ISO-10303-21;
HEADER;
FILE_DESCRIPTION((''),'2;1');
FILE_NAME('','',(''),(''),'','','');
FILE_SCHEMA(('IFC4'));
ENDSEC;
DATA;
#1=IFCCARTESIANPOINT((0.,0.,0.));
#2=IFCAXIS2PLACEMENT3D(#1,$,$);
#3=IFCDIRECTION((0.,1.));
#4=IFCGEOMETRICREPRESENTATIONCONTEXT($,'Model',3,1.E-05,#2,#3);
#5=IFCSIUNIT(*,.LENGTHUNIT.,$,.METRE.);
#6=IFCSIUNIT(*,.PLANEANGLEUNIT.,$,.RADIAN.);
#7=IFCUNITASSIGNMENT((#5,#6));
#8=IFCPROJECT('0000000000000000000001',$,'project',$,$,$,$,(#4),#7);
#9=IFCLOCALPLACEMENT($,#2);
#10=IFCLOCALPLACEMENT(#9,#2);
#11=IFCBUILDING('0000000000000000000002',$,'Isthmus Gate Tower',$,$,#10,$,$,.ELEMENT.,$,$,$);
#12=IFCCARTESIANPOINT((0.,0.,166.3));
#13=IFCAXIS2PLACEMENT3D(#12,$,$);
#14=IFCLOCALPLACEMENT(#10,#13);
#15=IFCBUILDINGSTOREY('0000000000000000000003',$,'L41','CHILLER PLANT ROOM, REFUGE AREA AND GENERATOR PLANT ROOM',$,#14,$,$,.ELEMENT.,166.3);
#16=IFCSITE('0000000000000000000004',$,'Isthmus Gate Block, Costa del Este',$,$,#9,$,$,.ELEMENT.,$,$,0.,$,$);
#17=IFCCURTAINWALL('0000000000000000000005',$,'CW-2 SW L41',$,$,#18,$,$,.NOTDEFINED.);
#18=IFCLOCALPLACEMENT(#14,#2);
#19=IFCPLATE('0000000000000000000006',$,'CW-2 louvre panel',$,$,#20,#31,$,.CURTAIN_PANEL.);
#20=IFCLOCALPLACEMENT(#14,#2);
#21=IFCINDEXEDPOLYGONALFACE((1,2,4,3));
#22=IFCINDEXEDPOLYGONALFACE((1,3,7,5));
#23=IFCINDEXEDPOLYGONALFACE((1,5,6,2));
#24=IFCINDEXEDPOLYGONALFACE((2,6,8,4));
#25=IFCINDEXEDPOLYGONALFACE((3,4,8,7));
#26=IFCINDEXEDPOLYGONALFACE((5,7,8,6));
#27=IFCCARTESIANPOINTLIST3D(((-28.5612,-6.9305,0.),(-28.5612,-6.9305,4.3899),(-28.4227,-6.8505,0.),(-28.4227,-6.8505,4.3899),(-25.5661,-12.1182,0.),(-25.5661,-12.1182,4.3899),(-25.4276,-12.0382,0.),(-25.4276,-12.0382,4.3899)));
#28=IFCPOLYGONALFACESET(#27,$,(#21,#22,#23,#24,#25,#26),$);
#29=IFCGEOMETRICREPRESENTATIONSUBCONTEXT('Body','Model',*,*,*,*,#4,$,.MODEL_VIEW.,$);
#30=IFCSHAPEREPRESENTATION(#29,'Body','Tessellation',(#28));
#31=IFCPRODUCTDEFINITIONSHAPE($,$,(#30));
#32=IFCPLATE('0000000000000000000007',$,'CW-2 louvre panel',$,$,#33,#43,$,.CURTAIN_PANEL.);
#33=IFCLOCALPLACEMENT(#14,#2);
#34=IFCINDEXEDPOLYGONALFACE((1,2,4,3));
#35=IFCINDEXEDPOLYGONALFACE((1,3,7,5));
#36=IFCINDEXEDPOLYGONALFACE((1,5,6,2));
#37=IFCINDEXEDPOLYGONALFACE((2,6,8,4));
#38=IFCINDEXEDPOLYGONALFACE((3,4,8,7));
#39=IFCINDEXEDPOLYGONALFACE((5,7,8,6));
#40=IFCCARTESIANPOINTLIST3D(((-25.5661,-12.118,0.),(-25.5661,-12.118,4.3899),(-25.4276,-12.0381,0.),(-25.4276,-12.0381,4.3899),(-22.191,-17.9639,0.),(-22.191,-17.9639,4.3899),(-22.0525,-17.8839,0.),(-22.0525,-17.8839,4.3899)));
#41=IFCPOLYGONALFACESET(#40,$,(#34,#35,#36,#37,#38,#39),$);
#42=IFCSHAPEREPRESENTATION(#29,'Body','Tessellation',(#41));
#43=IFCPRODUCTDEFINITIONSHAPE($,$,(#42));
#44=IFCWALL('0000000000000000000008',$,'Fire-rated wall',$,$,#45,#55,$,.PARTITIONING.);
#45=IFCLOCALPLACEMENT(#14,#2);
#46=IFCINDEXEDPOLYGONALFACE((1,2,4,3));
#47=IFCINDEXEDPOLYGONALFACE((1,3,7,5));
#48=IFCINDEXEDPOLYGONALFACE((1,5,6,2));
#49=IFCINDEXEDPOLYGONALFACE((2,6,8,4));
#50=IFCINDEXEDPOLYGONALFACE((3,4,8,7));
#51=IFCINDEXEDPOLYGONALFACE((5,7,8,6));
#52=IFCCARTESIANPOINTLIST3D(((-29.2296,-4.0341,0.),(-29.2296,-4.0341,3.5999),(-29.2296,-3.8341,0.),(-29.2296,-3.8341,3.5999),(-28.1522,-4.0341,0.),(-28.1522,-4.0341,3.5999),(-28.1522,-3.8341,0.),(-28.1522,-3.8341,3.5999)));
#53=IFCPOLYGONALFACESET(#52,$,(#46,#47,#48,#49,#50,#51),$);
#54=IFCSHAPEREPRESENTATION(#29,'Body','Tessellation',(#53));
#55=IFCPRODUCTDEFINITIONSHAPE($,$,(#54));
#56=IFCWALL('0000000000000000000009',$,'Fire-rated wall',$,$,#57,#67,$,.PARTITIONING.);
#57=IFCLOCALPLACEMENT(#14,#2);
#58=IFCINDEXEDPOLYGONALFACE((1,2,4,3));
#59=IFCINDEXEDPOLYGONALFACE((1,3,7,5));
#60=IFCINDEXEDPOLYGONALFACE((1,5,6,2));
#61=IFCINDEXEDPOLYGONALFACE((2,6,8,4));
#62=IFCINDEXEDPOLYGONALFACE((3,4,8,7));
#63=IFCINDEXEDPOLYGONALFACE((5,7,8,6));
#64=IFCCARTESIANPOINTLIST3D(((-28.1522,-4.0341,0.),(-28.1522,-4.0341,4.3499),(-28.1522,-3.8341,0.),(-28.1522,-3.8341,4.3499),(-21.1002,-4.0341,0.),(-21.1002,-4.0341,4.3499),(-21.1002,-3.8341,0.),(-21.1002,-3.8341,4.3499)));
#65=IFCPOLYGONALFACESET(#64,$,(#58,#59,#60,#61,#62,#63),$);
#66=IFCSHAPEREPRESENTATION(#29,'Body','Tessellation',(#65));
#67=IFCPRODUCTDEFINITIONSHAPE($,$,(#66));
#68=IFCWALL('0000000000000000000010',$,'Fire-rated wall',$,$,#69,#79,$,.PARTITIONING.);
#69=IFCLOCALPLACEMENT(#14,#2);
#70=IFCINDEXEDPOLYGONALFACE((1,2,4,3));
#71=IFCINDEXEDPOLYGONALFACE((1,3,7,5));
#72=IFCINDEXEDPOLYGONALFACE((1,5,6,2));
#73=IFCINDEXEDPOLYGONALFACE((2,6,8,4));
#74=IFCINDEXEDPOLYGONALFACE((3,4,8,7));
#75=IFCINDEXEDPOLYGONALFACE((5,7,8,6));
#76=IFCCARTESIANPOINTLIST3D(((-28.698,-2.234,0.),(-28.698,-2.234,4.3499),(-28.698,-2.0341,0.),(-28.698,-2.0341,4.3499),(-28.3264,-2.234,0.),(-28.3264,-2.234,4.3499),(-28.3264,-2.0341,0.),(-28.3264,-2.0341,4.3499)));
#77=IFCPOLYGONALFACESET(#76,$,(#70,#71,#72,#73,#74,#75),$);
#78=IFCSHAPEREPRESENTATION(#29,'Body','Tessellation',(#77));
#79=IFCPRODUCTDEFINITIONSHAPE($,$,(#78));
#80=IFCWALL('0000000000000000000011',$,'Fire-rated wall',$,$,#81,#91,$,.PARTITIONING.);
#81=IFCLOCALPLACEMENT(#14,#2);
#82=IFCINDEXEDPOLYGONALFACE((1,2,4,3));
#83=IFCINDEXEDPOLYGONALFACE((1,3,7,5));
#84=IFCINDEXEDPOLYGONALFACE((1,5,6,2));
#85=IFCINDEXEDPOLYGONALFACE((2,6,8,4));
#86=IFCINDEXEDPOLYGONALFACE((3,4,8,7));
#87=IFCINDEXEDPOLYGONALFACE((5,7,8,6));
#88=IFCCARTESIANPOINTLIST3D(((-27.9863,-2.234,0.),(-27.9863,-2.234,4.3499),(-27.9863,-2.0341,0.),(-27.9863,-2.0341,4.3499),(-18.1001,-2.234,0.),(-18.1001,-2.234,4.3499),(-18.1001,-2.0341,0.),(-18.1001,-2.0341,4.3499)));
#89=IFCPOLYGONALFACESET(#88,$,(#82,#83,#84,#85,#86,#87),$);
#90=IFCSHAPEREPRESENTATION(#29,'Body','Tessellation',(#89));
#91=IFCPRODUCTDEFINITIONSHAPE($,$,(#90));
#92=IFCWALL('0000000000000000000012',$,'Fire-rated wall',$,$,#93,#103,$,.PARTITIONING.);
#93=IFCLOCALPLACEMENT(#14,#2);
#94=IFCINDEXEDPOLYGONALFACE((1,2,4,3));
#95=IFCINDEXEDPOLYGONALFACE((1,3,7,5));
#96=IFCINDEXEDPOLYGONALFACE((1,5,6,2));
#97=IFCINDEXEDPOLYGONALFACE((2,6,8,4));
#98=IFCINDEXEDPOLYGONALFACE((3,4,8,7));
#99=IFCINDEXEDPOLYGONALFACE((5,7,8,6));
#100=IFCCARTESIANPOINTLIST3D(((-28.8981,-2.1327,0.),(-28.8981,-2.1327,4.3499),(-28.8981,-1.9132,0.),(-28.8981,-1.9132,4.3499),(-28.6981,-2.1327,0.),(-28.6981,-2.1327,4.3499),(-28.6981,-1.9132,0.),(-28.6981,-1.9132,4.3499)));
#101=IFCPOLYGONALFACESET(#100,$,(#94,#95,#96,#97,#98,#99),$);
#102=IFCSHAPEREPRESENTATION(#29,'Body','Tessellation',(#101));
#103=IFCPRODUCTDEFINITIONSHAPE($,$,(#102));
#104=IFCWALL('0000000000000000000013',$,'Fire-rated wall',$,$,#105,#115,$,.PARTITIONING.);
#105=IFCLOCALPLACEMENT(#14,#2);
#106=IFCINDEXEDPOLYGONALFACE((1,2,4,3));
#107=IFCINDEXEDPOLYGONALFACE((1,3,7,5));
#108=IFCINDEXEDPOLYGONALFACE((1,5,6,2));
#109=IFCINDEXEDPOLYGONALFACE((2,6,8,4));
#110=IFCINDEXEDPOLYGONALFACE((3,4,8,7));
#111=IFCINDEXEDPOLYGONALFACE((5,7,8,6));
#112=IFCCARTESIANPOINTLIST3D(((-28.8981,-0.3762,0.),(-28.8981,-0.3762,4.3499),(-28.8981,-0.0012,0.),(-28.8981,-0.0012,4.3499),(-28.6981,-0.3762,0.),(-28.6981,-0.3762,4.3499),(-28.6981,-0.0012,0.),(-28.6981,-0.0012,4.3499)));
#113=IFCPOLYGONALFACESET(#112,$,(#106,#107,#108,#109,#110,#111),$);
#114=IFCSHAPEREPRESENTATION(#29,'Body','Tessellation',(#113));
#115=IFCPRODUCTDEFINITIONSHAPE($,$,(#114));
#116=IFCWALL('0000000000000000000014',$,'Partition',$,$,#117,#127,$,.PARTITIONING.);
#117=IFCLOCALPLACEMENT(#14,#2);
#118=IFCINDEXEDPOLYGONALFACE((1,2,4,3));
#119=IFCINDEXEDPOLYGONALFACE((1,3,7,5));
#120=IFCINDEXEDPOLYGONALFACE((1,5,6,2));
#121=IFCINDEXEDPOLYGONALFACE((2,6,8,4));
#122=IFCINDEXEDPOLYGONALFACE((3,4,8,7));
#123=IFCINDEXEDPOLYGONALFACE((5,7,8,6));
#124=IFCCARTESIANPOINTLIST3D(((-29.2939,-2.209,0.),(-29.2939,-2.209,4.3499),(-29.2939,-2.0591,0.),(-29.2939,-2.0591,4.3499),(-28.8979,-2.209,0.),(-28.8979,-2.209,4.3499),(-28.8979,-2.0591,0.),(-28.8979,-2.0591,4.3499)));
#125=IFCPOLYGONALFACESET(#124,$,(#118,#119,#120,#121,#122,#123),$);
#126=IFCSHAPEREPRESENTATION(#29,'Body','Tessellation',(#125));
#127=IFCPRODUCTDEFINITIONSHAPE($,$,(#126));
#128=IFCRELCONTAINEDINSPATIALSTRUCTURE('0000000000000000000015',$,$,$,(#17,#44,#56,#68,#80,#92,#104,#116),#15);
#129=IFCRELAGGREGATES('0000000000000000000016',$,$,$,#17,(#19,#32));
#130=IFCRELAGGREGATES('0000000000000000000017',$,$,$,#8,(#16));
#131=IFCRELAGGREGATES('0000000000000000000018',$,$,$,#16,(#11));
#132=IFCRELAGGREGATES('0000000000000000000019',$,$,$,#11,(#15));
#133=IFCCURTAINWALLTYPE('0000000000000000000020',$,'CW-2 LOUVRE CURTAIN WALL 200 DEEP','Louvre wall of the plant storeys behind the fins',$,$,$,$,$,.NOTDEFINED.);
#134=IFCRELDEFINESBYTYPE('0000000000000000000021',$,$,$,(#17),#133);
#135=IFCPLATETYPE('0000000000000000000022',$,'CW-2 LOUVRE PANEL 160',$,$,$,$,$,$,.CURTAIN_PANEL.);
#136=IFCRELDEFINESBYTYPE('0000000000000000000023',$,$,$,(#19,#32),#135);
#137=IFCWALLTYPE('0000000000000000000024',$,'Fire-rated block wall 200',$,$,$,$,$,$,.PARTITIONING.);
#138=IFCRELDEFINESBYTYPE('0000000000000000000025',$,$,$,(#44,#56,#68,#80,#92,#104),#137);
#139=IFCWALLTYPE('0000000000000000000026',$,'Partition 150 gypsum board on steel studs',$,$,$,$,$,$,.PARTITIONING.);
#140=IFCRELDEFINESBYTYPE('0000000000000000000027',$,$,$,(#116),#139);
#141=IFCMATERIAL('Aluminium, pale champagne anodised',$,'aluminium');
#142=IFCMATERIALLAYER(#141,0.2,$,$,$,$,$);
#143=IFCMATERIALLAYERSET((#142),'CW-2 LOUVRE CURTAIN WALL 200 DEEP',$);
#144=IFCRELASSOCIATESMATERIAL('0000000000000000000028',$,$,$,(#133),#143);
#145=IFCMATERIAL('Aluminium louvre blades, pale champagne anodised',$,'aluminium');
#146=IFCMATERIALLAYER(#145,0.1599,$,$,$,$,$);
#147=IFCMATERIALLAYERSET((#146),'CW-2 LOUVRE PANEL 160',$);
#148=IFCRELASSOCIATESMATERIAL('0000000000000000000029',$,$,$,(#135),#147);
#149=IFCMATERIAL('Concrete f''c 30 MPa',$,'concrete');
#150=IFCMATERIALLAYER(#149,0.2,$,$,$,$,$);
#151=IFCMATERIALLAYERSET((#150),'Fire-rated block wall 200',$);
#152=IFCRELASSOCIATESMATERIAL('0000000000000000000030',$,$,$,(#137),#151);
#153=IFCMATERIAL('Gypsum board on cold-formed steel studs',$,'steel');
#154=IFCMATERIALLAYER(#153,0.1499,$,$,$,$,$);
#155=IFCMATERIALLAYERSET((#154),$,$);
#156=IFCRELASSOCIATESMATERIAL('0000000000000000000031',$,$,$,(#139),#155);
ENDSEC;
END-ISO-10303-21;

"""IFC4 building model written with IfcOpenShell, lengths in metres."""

from ifc_helpers import new_model, si_unit, direction, frame, frame_2d, origin, origin_2d, place, context, subcontext, project, spatial, rectangle, extrude, material, layer, layer_set, type_object, element, aggregate, save


model = new_model("IFC4")

# Units and contexts
model_context = context("Model", 3, precision=1e-05, world=origin(), true_north=direction((0.0, 1.0)))
body_context = subcontext(model_context, "Body", "Model", "MODEL_VIEW")
ifc_project = project(units=[si_unit("LENGTHUNIT", "METRE"), si_unit("PLANEANGLEUNIT", "RADIAN")], contexts=[model_context])

# Site, building, storey
site_placement = place(None, origin())
site = spatial("IfcSite", under=ifc_project, at=site_placement, Name="Isthmus Gate Block, Costa del Este", CompositionType="ELEMENT", RefElevation=0.0)
building_placement = place(site_placement, origin())
building = spatial("IfcBuilding", under=site, at=building_placement, Name="Isthmus Gate Tower", CompositionType="ELEMENT")
storey_placement = place(building_placement, frame((0.0, 0.0, 166.3)))
storey = spatial("IfcBuildingStorey", under=building, at=storey_placement, Name="L41", Description="CHILLER PLANT ROOM, REFUGE AREA AND GENERATOR PLANT ROOM", CompositionType="ELEMENT", Elevation=166.3)

# Curtain wall
ifc_material_1 = material(Name="Aluminium, pale champagne anodised", Category="aluminium")
ifc_layer_1 = layer(ifc_material_1, 0.2)
ifc_layer_set_1 = layer_set([ifc_layer_1], Name="CW-2 LOUVRE CURTAIN WALL 200 DEEP")
curtain_wall_type = type_object("IfcCurtainWallType", Name="CW-2 LOUVRE CURTAIN WALL 200 DEEP", Description="Louvre wall of the plant storeys behind the fins", PredefinedType="NOTDEFINED", material=ifc_layer_set_1)
curtain_wall_1_placement = place(storey_placement, origin())
curtain_wall_1 = element("IfcCurtainWall", 1, at=curtain_wall_1_placement, inside=storey, type_object=curtain_wall_type, Name="CW-2 SW L41", PredefinedType="NOTDEFINED")

# Plates
ifc_material_2 = material(Name="Aluminium louvre blades, pale champagne anodised", Category="aluminium")
ifc_layer_2 = layer(ifc_material_2, 0.1599)
ifc_layer_set_2 = layer_set([ifc_layer_2], Name="CW-2 LOUVRE PANEL 160")
plate_type = type_object("IfcPlateType", Name="CW-2 LOUVRE PANEL 160", PredefinedType="CURTAIN_PANEL", material=ifc_layer_set_2)
plate_1_placement = place(storey_placement, frame((-26.9944, -9.4844, 0.0), z_axis=(0.0, 0.0, 1.0), x_axis=(0.5, -0.866025, 0.0)))
plate_1 = element("IfcPlate", 2, at=plate_1_placement, type_object=plate_type, Name="CW-2 louvre panel", PredefinedType="CURTAIN_PANEL", context=body_context, shape_type="SweptSolid", body=[
    extrude(rectangle(XDim=5.9902, YDim=0.1599, at=origin_2d()), origin(), (0.0, 0.0, 1.0), 4.3899),
])
plate_2_placement = place(storey_placement, frame((-23.8093, -15.001, 0.0), z_axis=(0.0, 0.0, 1.0), x_axis=(0.5, -0.866025, 0.0)))
plate_2 = element("IfcPlate", 3, at=plate_2_placement, type_object=plate_type, Name="CW-2 louvre panel", PredefinedType="CURTAIN_PANEL", context=body_context, shape_type="SweptSolid", body=[
    extrude(rectangle(XDim=6.7502, YDim=0.1599, at=origin_2d()), origin(), (0.0, 0.0, 1.0), 4.3899),
])
aggregate(curtain_wall_1, [plate_1, plate_2])

# Walls
ifc_material_3 = material(Name="Concrete f'c 30 MPa", Category="concrete")
ifc_layer_3 = layer(ifc_material_3, 0.2)
ifc_layer_set_3 = layer_set([ifc_layer_3], Name="Fire-rated block wall 200")
wall_type_1 = type_object("IfcWallType", Name="Fire-rated block wall 200", PredefinedType="PARTITIONING", material=ifc_layer_set_3)
wall_1_placement = place(storey_placement, frame((-29.2295, -3.9341, 0.0), z_axis=(0.0, 0.0, 1.0), x_axis=(1.0, 0.0, 0.0)))
element("IfcWall", 4, at=wall_1_placement, inside=storey, type_object=wall_type_1, Name="Fire-rated wall", PredefinedType="PARTITIONING", context=body_context, shape_type="SweptSolid", body=[
    extrude(rectangle(XDim=1.0774, YDim=0.2, at=frame_2d((0.5386, 0.0))), origin(), (0.0, 0.0, 1.0), 3.5999),
])
wall_2_placement = place(storey_placement, frame((-28.1521, -3.9341, 0.0), z_axis=(0.0, 0.0, 1.0), x_axis=(1.0, 0.0, 0.0)))
element("IfcWall", 5, at=wall_2_placement, inside=storey, type_object=wall_type_1, Name="Fire-rated wall", PredefinedType="PARTITIONING", context=body_context, shape_type="SweptSolid", body=[
    extrude(rectangle(XDim=7.052, YDim=0.2, at=frame_2d((3.5259, 0.0))), origin(), (0.0, 0.0, 1.0), 4.3499),
])
wall_3_placement = place(storey_placement, frame((-28.698, -2.134, 0.0), z_axis=(0.0, 0.0, 1.0), x_axis=(1.0, 0.0, 0.0)))
element("IfcWall", 6, at=wall_3_placement, inside=storey, type_object=wall_type_1, Name="Fire-rated wall", PredefinedType="PARTITIONING", context=body_context, shape_type="SweptSolid", body=[
    extrude(rectangle(XDim=0.3716, YDim=0.2, at=frame_2d((0.1858, 0.0))), origin(), (0.0, 0.0, 1.0), 4.3499),
])
wall_4_placement = place(storey_placement, frame((-27.9863, -2.134, 0.0), z_axis=(0.0, 0.0, 1.0), x_axis=(1.0, 0.0, 0.0)))
element("IfcWall", 7, at=wall_4_placement, inside=storey, type_object=wall_type_1, Name="Fire-rated wall", PredefinedType="PARTITIONING", context=body_context, shape_type="SweptSolid", body=[
    extrude(rectangle(XDim=9.8862, YDim=0.2, at=frame_2d((4.9431, 0.0))), origin(), (0.0, 0.0, 1.0), 4.3499),
])
wall_5_placement = place(storey_placement, frame((-28.7981, -2.1328, 0.0), z_axis=(0.0, 0.0, 1.0), x_axis=(0.0, 1.0, 0.0)))
element("IfcWall", 8, at=wall_5_placement, inside=storey, type_object=wall_type_1, Name="Fire-rated wall", PredefinedType="PARTITIONING", context=body_context, shape_type="SweptSolid", body=[
    extrude(rectangle(XDim=0.2195, YDim=0.2, at=frame_2d((0.1099, 0.0))), origin(), (0.0, 0.0, 1.0), 4.3499),
])
wall_6_placement = place(storey_placement, frame((-28.7981, -0.3762, 0.0), z_axis=(0.0, 0.0, 1.0), x_axis=(0.0, 1.0, 0.0)))
element("IfcWall", 9, at=wall_6_placement, inside=storey, type_object=wall_type_1, Name="Fire-rated wall", PredefinedType="PARTITIONING", context=body_context, shape_type="SweptSolid", body=[
    extrude(rectangle(XDim=0.375, YDim=0.2, at=frame_2d((0.1875, 0.0))), origin(), (0.0, 0.0, 1.0), 4.3499),
])
ifc_material_4 = material(Name="Gypsum board on cold-formed steel studs", Category="steel")
ifc_layer_4 = layer(ifc_material_4, 0.1499)
ifc_layer_set_4 = layer_set([ifc_layer_4])
wall_type_2 = type_object("IfcWallType", Name="Partition 150 gypsum board on steel studs", PredefinedType="PARTITIONING", material=ifc_layer_set_4)
wall_7_placement = place(storey_placement, frame((-29.2939, -2.134, 0.0), z_axis=(0.0, 0.0, 1.0), x_axis=(1.0, 0.0, 0.0)))
element("IfcWall", 10, at=wall_7_placement, inside=storey, type_object=wall_type_2, Name="Partition", PredefinedType="PARTITIONING", context=body_context, shape_type="SweptSolid", body=[
    extrude(rectangle(XDim=0.396, YDim=0.1499, at=frame_2d((0.198, 0.0))), origin(), (0.0, 0.0, 1.0), 4.3499),
])

save(model, "model.ifc")
